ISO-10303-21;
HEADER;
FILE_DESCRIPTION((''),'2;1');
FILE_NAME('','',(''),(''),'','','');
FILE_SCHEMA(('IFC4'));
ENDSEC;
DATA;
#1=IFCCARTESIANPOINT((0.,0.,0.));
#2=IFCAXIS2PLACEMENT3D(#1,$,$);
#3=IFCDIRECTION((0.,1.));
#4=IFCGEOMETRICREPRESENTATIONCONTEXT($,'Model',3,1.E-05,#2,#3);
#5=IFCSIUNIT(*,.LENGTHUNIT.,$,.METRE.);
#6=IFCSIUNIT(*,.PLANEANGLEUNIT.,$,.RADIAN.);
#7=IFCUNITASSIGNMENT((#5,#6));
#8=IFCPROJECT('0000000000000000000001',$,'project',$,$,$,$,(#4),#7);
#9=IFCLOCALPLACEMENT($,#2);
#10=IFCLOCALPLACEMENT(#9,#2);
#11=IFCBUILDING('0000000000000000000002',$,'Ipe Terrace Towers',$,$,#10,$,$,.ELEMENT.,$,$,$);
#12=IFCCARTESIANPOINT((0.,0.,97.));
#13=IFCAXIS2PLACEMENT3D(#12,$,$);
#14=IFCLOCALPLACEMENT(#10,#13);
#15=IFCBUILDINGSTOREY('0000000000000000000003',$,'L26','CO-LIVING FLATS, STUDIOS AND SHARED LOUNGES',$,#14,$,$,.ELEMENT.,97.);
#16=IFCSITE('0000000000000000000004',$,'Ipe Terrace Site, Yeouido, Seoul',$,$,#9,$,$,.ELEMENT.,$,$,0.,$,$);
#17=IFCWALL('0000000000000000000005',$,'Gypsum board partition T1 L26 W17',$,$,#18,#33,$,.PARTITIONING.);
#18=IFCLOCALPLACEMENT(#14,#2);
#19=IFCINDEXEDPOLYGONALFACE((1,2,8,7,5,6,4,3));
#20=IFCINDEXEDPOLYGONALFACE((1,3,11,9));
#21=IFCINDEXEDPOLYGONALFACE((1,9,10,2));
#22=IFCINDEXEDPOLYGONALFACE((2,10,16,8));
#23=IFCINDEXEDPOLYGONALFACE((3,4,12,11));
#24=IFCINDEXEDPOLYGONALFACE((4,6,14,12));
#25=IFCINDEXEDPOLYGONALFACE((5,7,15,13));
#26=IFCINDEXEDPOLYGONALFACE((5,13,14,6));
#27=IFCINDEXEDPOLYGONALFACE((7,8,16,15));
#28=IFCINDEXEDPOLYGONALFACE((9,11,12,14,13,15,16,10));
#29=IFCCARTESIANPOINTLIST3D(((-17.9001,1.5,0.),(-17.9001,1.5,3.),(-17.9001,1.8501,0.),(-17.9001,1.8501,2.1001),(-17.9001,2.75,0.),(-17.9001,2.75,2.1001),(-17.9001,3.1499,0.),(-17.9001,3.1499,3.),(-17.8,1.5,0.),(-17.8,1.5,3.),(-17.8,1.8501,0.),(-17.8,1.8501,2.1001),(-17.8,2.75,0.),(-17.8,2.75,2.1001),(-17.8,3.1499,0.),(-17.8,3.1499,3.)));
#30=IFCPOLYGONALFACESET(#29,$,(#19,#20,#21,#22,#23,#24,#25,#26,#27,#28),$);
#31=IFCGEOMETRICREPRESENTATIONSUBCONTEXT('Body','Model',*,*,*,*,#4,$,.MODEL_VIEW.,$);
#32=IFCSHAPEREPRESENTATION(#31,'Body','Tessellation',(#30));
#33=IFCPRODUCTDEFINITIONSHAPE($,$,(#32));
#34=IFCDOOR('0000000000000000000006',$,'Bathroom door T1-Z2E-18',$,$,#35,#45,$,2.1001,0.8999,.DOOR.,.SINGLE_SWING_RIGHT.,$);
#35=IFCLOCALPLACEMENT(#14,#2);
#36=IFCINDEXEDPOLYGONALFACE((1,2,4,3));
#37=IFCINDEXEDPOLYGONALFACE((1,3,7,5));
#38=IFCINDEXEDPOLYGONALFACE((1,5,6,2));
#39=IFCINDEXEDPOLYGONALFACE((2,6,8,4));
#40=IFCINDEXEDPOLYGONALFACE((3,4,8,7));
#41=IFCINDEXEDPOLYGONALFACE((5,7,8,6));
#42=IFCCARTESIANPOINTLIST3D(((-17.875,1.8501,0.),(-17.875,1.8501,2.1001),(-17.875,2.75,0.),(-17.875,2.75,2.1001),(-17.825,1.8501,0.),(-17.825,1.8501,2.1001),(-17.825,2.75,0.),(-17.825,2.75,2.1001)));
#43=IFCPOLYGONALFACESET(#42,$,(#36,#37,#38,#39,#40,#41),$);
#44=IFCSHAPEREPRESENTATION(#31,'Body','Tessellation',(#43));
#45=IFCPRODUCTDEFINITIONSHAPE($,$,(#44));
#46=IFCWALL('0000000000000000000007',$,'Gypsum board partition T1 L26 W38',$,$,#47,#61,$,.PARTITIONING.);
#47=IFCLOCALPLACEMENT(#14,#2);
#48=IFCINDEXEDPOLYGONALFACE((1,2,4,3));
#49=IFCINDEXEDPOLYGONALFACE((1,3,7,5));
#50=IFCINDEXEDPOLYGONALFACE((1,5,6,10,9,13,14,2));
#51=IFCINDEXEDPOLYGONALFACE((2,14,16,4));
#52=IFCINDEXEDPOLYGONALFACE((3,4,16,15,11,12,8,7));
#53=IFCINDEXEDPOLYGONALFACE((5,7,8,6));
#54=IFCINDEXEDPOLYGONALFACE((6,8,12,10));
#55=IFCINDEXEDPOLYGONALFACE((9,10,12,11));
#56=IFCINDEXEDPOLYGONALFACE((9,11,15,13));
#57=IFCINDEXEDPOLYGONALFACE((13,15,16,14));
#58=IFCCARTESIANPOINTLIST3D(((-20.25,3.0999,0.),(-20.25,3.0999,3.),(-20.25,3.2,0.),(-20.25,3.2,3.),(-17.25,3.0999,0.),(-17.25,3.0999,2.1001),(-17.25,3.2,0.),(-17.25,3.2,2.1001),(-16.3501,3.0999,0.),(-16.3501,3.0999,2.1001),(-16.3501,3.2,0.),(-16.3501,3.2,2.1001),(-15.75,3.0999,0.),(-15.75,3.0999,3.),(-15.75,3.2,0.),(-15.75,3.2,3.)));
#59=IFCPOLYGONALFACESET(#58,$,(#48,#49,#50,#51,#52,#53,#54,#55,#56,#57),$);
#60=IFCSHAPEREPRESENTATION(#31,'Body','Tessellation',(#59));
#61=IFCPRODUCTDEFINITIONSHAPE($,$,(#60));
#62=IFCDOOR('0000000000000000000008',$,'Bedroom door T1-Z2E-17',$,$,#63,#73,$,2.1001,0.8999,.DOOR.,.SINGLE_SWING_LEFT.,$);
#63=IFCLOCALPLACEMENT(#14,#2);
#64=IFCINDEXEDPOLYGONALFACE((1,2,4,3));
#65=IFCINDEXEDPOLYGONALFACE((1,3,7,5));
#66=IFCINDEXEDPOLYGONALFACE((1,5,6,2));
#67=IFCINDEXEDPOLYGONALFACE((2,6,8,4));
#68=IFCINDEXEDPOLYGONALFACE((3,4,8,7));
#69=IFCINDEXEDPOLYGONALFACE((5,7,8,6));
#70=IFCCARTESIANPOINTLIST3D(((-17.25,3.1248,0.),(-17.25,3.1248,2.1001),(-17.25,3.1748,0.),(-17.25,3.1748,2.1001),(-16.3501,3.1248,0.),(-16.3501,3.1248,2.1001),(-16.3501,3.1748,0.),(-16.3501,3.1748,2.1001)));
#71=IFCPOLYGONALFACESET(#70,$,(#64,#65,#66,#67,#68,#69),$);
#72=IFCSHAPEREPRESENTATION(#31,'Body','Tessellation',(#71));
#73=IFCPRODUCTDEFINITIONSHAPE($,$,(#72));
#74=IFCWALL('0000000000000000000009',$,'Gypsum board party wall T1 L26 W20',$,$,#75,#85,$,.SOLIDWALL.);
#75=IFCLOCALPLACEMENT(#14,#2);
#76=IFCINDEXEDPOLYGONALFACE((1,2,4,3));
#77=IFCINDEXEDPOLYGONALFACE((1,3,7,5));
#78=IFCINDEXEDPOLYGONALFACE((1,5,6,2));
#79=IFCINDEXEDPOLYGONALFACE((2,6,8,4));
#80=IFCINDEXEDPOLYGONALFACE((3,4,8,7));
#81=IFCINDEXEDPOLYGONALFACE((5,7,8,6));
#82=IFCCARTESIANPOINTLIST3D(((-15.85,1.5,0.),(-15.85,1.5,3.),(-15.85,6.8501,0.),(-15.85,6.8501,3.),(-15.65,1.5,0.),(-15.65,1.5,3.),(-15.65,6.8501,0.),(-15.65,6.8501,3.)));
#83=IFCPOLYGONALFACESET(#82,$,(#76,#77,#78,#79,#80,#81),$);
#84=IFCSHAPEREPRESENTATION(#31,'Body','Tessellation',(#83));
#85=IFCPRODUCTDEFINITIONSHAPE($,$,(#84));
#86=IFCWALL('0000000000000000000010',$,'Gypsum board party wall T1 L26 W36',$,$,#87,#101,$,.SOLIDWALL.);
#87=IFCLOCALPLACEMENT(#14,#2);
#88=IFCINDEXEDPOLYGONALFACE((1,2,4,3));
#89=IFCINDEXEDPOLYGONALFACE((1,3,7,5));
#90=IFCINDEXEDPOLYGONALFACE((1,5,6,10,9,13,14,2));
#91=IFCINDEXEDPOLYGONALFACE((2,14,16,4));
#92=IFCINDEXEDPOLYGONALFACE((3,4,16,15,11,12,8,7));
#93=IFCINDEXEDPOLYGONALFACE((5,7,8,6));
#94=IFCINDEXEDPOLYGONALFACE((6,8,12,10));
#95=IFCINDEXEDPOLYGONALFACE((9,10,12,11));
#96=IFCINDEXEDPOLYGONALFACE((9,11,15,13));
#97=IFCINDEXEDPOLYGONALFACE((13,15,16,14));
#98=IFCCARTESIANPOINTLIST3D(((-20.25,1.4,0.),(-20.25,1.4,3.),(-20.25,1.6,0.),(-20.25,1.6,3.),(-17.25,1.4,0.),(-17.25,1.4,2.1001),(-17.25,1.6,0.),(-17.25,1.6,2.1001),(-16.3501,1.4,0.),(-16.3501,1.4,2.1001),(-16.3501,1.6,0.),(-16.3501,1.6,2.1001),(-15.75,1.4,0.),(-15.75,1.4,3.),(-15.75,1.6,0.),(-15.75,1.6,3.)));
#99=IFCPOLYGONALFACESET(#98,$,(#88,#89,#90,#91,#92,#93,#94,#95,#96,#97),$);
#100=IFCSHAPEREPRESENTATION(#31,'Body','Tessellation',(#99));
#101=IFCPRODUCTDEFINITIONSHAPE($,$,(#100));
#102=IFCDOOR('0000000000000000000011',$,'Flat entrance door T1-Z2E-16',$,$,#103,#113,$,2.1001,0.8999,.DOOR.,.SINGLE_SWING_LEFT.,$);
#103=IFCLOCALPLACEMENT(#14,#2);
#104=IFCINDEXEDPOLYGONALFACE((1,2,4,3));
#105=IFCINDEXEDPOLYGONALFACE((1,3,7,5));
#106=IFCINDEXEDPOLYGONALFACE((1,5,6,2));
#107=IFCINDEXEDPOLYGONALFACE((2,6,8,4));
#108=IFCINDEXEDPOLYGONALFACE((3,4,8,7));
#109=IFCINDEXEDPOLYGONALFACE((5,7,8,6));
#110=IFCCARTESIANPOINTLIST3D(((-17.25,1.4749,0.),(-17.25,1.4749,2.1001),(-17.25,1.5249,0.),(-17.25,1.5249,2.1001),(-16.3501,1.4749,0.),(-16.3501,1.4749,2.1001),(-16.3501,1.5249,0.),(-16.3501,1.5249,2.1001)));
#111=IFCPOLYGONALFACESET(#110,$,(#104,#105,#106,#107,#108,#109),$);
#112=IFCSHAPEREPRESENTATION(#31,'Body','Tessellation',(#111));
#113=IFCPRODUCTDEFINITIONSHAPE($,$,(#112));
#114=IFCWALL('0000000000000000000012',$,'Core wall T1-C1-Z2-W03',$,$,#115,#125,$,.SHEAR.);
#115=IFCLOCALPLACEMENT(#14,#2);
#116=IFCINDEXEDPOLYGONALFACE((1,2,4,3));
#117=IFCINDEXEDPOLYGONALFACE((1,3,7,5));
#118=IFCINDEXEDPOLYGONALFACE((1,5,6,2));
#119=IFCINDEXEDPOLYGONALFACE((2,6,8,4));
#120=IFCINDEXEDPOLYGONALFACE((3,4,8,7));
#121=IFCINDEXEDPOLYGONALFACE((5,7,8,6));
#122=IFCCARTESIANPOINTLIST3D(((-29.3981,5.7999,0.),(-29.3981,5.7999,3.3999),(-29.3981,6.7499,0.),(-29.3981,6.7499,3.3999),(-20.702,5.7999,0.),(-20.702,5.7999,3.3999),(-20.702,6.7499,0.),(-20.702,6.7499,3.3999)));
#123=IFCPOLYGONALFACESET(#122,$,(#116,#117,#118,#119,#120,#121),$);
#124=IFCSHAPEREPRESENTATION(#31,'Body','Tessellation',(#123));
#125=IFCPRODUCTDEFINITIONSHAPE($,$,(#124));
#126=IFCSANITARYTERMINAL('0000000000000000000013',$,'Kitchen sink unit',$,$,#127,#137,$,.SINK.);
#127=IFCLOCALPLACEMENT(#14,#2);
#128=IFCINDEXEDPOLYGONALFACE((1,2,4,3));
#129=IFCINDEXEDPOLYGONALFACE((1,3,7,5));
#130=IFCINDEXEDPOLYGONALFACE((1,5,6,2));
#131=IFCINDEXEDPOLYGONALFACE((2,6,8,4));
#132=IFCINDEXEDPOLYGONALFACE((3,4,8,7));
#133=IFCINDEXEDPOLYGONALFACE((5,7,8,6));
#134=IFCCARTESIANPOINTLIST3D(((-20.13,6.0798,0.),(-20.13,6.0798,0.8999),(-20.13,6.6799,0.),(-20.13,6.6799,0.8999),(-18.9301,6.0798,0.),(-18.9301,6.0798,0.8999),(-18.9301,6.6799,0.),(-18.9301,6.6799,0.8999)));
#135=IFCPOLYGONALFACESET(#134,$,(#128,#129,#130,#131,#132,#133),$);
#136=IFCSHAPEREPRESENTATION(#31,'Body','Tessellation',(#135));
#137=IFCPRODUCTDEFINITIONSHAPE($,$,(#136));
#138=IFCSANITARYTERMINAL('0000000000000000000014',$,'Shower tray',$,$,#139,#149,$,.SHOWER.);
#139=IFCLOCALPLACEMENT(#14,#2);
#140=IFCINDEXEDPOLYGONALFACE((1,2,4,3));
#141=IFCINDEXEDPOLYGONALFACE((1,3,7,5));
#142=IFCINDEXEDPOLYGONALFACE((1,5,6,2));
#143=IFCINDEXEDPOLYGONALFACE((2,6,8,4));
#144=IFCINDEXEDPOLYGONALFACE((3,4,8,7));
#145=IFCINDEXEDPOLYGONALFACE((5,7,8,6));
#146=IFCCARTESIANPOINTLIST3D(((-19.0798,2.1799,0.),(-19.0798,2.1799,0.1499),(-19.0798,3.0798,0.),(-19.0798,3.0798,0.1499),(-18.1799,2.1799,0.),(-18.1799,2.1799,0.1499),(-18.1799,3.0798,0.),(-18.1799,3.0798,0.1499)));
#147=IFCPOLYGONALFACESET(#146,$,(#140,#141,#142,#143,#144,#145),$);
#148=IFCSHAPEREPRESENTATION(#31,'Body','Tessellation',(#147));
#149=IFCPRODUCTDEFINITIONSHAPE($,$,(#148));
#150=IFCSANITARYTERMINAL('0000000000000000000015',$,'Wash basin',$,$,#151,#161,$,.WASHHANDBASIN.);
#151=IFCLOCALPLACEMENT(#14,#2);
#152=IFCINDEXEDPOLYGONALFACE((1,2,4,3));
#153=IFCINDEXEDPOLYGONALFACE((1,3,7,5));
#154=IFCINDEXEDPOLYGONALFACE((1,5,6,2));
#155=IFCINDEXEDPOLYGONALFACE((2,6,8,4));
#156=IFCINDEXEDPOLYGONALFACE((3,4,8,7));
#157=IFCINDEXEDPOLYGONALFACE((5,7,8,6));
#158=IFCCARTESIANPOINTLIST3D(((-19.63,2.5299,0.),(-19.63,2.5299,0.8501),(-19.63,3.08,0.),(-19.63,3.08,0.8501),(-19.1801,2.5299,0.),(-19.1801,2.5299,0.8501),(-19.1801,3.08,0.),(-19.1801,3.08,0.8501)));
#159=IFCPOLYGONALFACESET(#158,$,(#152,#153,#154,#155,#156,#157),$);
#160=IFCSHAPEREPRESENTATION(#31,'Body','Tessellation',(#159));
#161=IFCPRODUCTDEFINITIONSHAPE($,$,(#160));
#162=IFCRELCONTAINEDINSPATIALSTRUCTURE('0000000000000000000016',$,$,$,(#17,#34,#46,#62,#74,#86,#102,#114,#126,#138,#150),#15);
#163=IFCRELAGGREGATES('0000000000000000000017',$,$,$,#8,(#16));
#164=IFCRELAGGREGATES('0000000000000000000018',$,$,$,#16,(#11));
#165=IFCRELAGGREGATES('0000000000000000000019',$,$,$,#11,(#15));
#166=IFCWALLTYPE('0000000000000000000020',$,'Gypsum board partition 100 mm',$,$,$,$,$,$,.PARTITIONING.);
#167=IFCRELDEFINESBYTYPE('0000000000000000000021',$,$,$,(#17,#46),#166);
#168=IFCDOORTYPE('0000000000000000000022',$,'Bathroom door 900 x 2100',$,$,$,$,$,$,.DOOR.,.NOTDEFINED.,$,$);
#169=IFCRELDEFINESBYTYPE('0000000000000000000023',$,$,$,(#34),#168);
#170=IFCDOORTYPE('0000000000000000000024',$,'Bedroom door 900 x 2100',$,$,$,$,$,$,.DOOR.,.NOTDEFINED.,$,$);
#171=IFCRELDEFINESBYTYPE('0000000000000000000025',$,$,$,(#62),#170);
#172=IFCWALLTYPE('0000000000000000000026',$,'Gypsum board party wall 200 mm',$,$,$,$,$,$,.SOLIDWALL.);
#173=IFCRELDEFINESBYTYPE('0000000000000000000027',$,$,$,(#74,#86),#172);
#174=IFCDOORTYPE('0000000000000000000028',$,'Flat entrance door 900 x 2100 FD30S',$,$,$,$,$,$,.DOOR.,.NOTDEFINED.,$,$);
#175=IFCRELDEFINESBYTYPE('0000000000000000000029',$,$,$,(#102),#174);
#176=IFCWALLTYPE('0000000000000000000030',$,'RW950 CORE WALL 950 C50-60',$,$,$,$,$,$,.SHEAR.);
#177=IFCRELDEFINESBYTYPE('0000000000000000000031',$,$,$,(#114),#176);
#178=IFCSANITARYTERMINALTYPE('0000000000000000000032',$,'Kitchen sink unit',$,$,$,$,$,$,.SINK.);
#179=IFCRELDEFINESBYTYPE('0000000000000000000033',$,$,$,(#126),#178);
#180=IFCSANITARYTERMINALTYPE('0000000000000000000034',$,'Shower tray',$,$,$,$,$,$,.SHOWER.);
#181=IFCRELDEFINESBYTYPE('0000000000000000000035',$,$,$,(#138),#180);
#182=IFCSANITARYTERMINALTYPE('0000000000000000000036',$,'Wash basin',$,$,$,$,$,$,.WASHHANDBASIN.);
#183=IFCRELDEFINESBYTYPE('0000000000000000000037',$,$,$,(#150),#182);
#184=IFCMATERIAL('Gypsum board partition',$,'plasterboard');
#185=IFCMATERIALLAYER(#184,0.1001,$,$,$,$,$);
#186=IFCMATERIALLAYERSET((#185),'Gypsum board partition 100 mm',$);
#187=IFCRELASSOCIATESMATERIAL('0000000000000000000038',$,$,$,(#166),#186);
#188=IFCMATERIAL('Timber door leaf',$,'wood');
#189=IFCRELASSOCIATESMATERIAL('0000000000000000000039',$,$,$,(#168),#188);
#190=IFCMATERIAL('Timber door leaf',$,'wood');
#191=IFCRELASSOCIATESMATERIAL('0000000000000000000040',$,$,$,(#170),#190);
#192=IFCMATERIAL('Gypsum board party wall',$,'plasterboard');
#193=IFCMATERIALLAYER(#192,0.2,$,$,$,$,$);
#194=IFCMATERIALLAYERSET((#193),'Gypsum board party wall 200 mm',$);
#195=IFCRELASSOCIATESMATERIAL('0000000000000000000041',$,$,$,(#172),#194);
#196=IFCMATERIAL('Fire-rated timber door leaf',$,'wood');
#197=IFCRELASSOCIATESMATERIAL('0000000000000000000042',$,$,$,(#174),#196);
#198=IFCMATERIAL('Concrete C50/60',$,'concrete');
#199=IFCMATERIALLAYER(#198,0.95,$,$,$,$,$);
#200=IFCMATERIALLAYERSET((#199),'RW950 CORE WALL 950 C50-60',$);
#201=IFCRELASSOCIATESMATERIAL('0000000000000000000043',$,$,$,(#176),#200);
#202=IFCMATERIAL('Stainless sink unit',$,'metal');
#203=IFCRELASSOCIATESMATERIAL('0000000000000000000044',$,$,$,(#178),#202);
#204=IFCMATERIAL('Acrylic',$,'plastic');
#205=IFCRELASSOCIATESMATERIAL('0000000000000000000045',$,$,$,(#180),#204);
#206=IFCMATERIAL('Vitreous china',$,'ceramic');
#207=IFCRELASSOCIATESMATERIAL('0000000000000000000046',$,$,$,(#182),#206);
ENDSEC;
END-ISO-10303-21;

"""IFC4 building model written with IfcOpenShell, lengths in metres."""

from ifc_helpers import new_model, si_unit, direction, frame, frame_2d, origin, origin_2d, place, context, subcontext, project, spatial, rectangle, extrude, material, layer, layer_set, type_object, element, fill, save


model = new_model("IFC4")

# Units and contexts
model_context = context("Model", 3, precision=1e-05, world=origin(), true_north=direction((0.0, 1.0)))
body_context = subcontext(model_context, "Body", "Model", "MODEL_VIEW")
ifc_project = project(units=[si_unit("LENGTHUNIT", "METRE"), si_unit("PLANEANGLEUNIT", "RADIAN")], contexts=[model_context])

# Site, building, storey
site_placement = place(None, origin())
site = spatial("IfcSite", under=ifc_project, at=site_placement, Name="Ipe Terrace Site, Yeouido, Seoul", CompositionType="ELEMENT", RefElevation=0.0)
building_placement = place(site_placement, origin())
building = spatial("IfcBuilding", under=site, at=building_placement, Name="Ipe Terrace Towers", CompositionType="ELEMENT")
storey_placement = place(building_placement, frame((0.0, 0.0, 97.0)))
storey = spatial("IfcBuildingStorey", under=building, at=storey_placement, Name="L26", Description="CO-LIVING FLATS, STUDIOS AND SHARED LOUNGES", CompositionType="ELEMENT", Elevation=97.0)

# Walls, openings, doors
ifc_material_1 = material(Name="Gypsum board partition", Category="plasterboard")
ifc_layer_1 = layer(ifc_material_1, 0.1001)
ifc_layer_set_1 = layer_set([ifc_layer_1], Name="Gypsum board partition 100 mm")
wall_type_1 = type_object("IfcWallType", Name="Gypsum board partition 100 mm", PredefinedType="PARTITIONING", material=ifc_layer_set_1)
wall_1_placement = place(storey_placement, frame((-17.8501, 1.5, 0.0), z_axis=(0.0, 0.0, 1.0), x_axis=(0.0, 1.0, 0.0)))
wall_1 = element("IfcWall", 1, at=wall_1_placement, inside=storey, type_object=wall_type_1, Name="Gypsum board partition T1 L26 W17", PredefinedType="PARTITIONING", context=body_context, shape_type="SweptSolid", body=[
    extrude(rectangle(XDim=1.6499, YDim=0.1001, at=frame_2d((0.825, 0.0))), origin(), (0.0, 0.0, 1.0), 3.0),
])
opening_1_placement = place(wall_1_placement, frame((0.3501, 0.0, 0.0)))
opening_1 = element("IfcOpeningElement", 2, at=opening_1_placement, cuts=wall_1, PredefinedType="OPENING", context=body_context, shape_type="SweptSolid", body=[
    extrude(rectangle(XDim=0.8999, YDim=2.1001, at=frame_2d((0.45, 1.05))), frame((0.0, 0.0601, 0.0), z_axis=(0.0, -1.0, 0.0), x_axis=(1.0, 0.0, 0.0)), (0.0, 0.0, 1.0), 0.1201),
])
ifc_material_2 = material(Name="Timber door leaf", Category="wood")
door_type_1 = type_object("IfcDoorType", Name="Bathroom door 900 x 2100", OperationType="NOTDEFINED", PredefinedType="DOOR", material=ifc_material_2)
door_1_placement = place(opening_1_placement, origin())
door_1 = element("IfcDoor", 3, at=door_1_placement, inside=storey, type_object=door_type_1, Name="Bathroom door T1-Z2E-18", OperationType="SINGLE_SWING_RIGHT", OverallHeight=2.1001, OverallWidth=0.8999, PredefinedType="DOOR", context=body_context, shape_type="SweptSolid", body=[
    extrude(rectangle(XDim=0.8999, YDim=2.1001, at=frame_2d((0.45, 1.05))), frame((0.0, 0.0249, 0.0), z_axis=(0.0, -1.0, 0.0), x_axis=(1.0, 0.0, 0.0)), (0.0, 0.0, 1.0), 0.05),
])
fill(opening_1, door_1)
wall_2_placement = place(storey_placement, frame((-20.25, 3.1499, 0.0), z_axis=(0.0, 0.0, 1.0), x_axis=(1.0, 0.0, 0.0)))
wall_2 = element("IfcWall", 4, at=wall_2_placement, inside=storey, type_object=wall_type_1, Name="Gypsum board partition T1 L26 W38", PredefinedType="PARTITIONING", context=body_context, shape_type="SweptSolid", body=[
    extrude(rectangle(XDim=4.5, YDim=0.1001, at=frame_2d((2.25, 0.0))), origin(), (0.0, 0.0, 1.0), 3.0),
])
opening_2_placement = place(wall_2_placement, frame((3.0, 0.0, 0.0)))
opening_2 = element("IfcOpeningElement", 5, at=opening_2_placement, cuts=wall_2, PredefinedType="OPENING", context=body_context, shape_type="SweptSolid", body=[
    extrude(rectangle(XDim=0.8999, YDim=2.1001, at=frame_2d((0.45, 1.05))), frame((0.0, 0.0601, 0.0), z_axis=(0.0, -1.0, 0.0), x_axis=(1.0, 0.0, 0.0)), (0.0, 0.0, 1.0), 0.1201),
])
ifc_material_3 = material(Name="Timber door leaf", Category="wood")
door_type_2 = type_object("IfcDoorType", Name="Bedroom door 900 x 2100", OperationType="NOTDEFINED", PredefinedType="DOOR", material=ifc_material_3)
door_2_placement = place(opening_2_placement, origin())
door_2 = element("IfcDoor", 6, at=door_2_placement, inside=storey, type_object=door_type_2, Name="Bedroom door T1-Z2E-17", OperationType="SINGLE_SWING_LEFT", OverallHeight=2.1001, OverallWidth=0.8999, PredefinedType="DOOR", context=body_context, shape_type="SweptSolid", body=[
    extrude(rectangle(XDim=0.8999, YDim=2.1001, at=frame_2d((0.45, 1.05))), frame((0.0, 0.0249, 0.0), z_axis=(0.0, -1.0, 0.0), x_axis=(1.0, 0.0, 0.0)), (0.0, 0.0, 1.0), 0.05),
])
fill(opening_2, door_2)

# Wall
ifc_material_4 = material(Name="Gypsum board party wall", Category="plasterboard")
ifc_layer_2 = layer(ifc_material_4, 0.2)
ifc_layer_set_2 = layer_set([ifc_layer_2], Name="Gypsum board party wall 200 mm")
wall_type_2 = type_object("IfcWallType", Name="Gypsum board party wall 200 mm", PredefinedType="SOLIDWALL", material=ifc_layer_set_2)
wall_3_placement = place(storey_placement, frame((-15.75, 1.5, 0.0), z_axis=(0.0, 0.0, 1.0), x_axis=(0.0, 1.0, 0.0)))
element("IfcWall", 7, at=wall_3_placement, inside=storey, type_object=wall_type_2, Name="Gypsum board party wall T1 L26 W20", PredefinedType="SOLIDWALL", context=body_context, shape_type="SweptSolid", body=[
    extrude(rectangle(XDim=5.3501, YDim=0.2, at=frame_2d((2.675, 0.0))), origin(), (0.0, 0.0, 1.0), 3.0),
])

# Wall, opening, door
wall_4_placement = place(storey_placement, frame((-20.25, 1.5, 0.0), z_axis=(0.0, 0.0, 1.0), x_axis=(1.0, 0.0, 0.0)))
wall_4 = element("IfcWall", 8, at=wall_4_placement, inside=storey, type_object=wall_type_2, Name="Gypsum board party wall T1 L26 W36", PredefinedType="SOLIDWALL", context=body_context, shape_type="SweptSolid", body=[
    extrude(rectangle(XDim=4.5, YDim=0.2, at=frame_2d((2.25, 0.0))), origin(), (0.0, 0.0, 1.0), 3.0),
])
opening_3_placement = place(wall_4_placement, frame((3.0, 0.0, 0.0)))
opening_3 = element("IfcOpeningElement", 9, at=opening_3_placement, cuts=wall_4, PredefinedType="OPENING", context=body_context, shape_type="SweptSolid", body=[
    extrude(rectangle(XDim=0.8999, YDim=2.1001, at=frame_2d((0.45, 1.05))), frame((0.0, 0.1099, 0.0), z_axis=(0.0, -1.0, 0.0), x_axis=(1.0, 0.0, 0.0)), (0.0, 0.0, 1.0), 0.22),
])
ifc_material_5 = material(Name="Fire-rated timber door leaf", Category="wood")
door_type_3 = type_object("IfcDoorType", Name="Flat entrance door 900 x 2100 FD30S", OperationType="NOTDEFINED", PredefinedType="DOOR", material=ifc_material_5)
door_3_placement = place(opening_3_placement, origin())
door_3 = element("IfcDoor", 10, at=door_3_placement, inside=storey, type_object=door_type_3, Name="Flat entrance door T1-Z2E-16", OperationType="SINGLE_SWING_LEFT", OverallHeight=2.1001, OverallWidth=0.8999, PredefinedType="DOOR", context=body_context, shape_type="SweptSolid", body=[
    extrude(rectangle(XDim=0.8999, YDim=2.1001, at=frame_2d((0.45, 1.05))), frame((0.0, 0.0249, 0.0), z_axis=(0.0, -1.0, 0.0), x_axis=(1.0, 0.0, 0.0)), (0.0, 0.0, 1.0), 0.05),
])
fill(opening_3, door_3)

# Wall
ifc_material_6 = material(Name="Concrete C50/60", Category="concrete")
ifc_layer_3 = layer(ifc_material_6, 0.95)
ifc_layer_set_3 = layer_set([ifc_layer_3], Name="RW950 CORE WALL 950 C50-60")
wall_type_3 = type_object("IfcWallType", Name="RW950 CORE WALL 950 C50-60", PredefinedType="SHEAR", material=ifc_layer_set_3)
wall_5_placement = place(storey_placement, frame((-20.7019, 6.2749, 0.0), z_axis=(0.0, 0.0, 1.0), x_axis=(-1.0, 0.0, 0.0)))
element("IfcWall", 11, at=wall_5_placement, inside=storey, type_object=wall_type_3, Name="Core wall T1-C1-Z2-W03", PredefinedType="SHEAR", context=body_context, shape_type="SweptSolid", body=[
    extrude(rectangle(XDim=8.696, YDim=0.95, at=frame_2d((4.3481, 0.0))), origin(), (0.0, 0.0, 1.0), 3.3999),
])

# Sanitary terminals
ifc_material_7 = material(Name="Stainless sink unit", Category="metal")
sanitary_terminal_type_1 = type_object("IfcSanitaryTerminalType", Name="Kitchen sink unit", PredefinedType="SINK", material=ifc_material_7)
sanitary_terminal_1_placement = place(storey_placement, frame((-19.53, 6.3799, 0.0), z_axis=(0.0, 0.0, 1.0), x_axis=(1.0, 0.0, 0.0)))
element("IfcSanitaryTerminal", 12, at=sanitary_terminal_1_placement, inside=storey, type_object=sanitary_terminal_type_1, Name="Kitchen sink unit", PredefinedType="SINK", context=body_context, shape_type="SweptSolid", body=[
    extrude(rectangle(XDim=1.2, YDim=0.6001, at=origin_2d()), origin(), (0.0, 0.0, 1.0), 0.8999),
])
ifc_material_8 = material(Name="Acrylic", Category="plastic")
sanitary_terminal_type_2 = type_object("IfcSanitaryTerminalType", Name="Shower tray", PredefinedType="SHOWER", material=ifc_material_8)
sanitary_terminal_2_placement = place(storey_placement, frame((-18.6299, 2.6299, 0.0), z_axis=(0.0, 0.0, 1.0), x_axis=(0.0, -1.0, 0.0)))
element("IfcSanitaryTerminal", 13, at=sanitary_terminal_2_placement, inside=storey, type_object=sanitary_terminal_type_2, Name="Shower tray", PredefinedType="SHOWER", context=body_context, shape_type="SweptSolid", body=[
    extrude(rectangle(XDim=0.8999, YDim=0.8999, at=origin_2d()), origin(), (0.0, 0.0, 1.0), 0.1499),
])
ifc_material_9 = material(Name="Vitreous china", Category="ceramic")
sanitary_terminal_type_3 = type_object("IfcSanitaryTerminalType", Name="Wash basin", PredefinedType="WASHHANDBASIN", material=ifc_material_9)
sanitary_terminal_3_placement = place(storey_placement, frame((-19.405, 2.8049, 0.0), z_axis=(0.0, 0.0, 1.0), x_axis=(0.0, -1.0, 0.0)))
element("IfcSanitaryTerminal", 14, at=sanitary_terminal_3_placement, inside=storey, type_object=sanitary_terminal_type_3, Name="Wash basin", PredefinedType="WASHHANDBASIN", context=body_context, shape_type="SweptSolid", body=[
    extrude(rectangle(XDim=0.55, YDim=0.45, at=origin_2d()), origin(), (0.0, 0.0, 1.0), 0.8501),
])

save(model, "model.ifc")
